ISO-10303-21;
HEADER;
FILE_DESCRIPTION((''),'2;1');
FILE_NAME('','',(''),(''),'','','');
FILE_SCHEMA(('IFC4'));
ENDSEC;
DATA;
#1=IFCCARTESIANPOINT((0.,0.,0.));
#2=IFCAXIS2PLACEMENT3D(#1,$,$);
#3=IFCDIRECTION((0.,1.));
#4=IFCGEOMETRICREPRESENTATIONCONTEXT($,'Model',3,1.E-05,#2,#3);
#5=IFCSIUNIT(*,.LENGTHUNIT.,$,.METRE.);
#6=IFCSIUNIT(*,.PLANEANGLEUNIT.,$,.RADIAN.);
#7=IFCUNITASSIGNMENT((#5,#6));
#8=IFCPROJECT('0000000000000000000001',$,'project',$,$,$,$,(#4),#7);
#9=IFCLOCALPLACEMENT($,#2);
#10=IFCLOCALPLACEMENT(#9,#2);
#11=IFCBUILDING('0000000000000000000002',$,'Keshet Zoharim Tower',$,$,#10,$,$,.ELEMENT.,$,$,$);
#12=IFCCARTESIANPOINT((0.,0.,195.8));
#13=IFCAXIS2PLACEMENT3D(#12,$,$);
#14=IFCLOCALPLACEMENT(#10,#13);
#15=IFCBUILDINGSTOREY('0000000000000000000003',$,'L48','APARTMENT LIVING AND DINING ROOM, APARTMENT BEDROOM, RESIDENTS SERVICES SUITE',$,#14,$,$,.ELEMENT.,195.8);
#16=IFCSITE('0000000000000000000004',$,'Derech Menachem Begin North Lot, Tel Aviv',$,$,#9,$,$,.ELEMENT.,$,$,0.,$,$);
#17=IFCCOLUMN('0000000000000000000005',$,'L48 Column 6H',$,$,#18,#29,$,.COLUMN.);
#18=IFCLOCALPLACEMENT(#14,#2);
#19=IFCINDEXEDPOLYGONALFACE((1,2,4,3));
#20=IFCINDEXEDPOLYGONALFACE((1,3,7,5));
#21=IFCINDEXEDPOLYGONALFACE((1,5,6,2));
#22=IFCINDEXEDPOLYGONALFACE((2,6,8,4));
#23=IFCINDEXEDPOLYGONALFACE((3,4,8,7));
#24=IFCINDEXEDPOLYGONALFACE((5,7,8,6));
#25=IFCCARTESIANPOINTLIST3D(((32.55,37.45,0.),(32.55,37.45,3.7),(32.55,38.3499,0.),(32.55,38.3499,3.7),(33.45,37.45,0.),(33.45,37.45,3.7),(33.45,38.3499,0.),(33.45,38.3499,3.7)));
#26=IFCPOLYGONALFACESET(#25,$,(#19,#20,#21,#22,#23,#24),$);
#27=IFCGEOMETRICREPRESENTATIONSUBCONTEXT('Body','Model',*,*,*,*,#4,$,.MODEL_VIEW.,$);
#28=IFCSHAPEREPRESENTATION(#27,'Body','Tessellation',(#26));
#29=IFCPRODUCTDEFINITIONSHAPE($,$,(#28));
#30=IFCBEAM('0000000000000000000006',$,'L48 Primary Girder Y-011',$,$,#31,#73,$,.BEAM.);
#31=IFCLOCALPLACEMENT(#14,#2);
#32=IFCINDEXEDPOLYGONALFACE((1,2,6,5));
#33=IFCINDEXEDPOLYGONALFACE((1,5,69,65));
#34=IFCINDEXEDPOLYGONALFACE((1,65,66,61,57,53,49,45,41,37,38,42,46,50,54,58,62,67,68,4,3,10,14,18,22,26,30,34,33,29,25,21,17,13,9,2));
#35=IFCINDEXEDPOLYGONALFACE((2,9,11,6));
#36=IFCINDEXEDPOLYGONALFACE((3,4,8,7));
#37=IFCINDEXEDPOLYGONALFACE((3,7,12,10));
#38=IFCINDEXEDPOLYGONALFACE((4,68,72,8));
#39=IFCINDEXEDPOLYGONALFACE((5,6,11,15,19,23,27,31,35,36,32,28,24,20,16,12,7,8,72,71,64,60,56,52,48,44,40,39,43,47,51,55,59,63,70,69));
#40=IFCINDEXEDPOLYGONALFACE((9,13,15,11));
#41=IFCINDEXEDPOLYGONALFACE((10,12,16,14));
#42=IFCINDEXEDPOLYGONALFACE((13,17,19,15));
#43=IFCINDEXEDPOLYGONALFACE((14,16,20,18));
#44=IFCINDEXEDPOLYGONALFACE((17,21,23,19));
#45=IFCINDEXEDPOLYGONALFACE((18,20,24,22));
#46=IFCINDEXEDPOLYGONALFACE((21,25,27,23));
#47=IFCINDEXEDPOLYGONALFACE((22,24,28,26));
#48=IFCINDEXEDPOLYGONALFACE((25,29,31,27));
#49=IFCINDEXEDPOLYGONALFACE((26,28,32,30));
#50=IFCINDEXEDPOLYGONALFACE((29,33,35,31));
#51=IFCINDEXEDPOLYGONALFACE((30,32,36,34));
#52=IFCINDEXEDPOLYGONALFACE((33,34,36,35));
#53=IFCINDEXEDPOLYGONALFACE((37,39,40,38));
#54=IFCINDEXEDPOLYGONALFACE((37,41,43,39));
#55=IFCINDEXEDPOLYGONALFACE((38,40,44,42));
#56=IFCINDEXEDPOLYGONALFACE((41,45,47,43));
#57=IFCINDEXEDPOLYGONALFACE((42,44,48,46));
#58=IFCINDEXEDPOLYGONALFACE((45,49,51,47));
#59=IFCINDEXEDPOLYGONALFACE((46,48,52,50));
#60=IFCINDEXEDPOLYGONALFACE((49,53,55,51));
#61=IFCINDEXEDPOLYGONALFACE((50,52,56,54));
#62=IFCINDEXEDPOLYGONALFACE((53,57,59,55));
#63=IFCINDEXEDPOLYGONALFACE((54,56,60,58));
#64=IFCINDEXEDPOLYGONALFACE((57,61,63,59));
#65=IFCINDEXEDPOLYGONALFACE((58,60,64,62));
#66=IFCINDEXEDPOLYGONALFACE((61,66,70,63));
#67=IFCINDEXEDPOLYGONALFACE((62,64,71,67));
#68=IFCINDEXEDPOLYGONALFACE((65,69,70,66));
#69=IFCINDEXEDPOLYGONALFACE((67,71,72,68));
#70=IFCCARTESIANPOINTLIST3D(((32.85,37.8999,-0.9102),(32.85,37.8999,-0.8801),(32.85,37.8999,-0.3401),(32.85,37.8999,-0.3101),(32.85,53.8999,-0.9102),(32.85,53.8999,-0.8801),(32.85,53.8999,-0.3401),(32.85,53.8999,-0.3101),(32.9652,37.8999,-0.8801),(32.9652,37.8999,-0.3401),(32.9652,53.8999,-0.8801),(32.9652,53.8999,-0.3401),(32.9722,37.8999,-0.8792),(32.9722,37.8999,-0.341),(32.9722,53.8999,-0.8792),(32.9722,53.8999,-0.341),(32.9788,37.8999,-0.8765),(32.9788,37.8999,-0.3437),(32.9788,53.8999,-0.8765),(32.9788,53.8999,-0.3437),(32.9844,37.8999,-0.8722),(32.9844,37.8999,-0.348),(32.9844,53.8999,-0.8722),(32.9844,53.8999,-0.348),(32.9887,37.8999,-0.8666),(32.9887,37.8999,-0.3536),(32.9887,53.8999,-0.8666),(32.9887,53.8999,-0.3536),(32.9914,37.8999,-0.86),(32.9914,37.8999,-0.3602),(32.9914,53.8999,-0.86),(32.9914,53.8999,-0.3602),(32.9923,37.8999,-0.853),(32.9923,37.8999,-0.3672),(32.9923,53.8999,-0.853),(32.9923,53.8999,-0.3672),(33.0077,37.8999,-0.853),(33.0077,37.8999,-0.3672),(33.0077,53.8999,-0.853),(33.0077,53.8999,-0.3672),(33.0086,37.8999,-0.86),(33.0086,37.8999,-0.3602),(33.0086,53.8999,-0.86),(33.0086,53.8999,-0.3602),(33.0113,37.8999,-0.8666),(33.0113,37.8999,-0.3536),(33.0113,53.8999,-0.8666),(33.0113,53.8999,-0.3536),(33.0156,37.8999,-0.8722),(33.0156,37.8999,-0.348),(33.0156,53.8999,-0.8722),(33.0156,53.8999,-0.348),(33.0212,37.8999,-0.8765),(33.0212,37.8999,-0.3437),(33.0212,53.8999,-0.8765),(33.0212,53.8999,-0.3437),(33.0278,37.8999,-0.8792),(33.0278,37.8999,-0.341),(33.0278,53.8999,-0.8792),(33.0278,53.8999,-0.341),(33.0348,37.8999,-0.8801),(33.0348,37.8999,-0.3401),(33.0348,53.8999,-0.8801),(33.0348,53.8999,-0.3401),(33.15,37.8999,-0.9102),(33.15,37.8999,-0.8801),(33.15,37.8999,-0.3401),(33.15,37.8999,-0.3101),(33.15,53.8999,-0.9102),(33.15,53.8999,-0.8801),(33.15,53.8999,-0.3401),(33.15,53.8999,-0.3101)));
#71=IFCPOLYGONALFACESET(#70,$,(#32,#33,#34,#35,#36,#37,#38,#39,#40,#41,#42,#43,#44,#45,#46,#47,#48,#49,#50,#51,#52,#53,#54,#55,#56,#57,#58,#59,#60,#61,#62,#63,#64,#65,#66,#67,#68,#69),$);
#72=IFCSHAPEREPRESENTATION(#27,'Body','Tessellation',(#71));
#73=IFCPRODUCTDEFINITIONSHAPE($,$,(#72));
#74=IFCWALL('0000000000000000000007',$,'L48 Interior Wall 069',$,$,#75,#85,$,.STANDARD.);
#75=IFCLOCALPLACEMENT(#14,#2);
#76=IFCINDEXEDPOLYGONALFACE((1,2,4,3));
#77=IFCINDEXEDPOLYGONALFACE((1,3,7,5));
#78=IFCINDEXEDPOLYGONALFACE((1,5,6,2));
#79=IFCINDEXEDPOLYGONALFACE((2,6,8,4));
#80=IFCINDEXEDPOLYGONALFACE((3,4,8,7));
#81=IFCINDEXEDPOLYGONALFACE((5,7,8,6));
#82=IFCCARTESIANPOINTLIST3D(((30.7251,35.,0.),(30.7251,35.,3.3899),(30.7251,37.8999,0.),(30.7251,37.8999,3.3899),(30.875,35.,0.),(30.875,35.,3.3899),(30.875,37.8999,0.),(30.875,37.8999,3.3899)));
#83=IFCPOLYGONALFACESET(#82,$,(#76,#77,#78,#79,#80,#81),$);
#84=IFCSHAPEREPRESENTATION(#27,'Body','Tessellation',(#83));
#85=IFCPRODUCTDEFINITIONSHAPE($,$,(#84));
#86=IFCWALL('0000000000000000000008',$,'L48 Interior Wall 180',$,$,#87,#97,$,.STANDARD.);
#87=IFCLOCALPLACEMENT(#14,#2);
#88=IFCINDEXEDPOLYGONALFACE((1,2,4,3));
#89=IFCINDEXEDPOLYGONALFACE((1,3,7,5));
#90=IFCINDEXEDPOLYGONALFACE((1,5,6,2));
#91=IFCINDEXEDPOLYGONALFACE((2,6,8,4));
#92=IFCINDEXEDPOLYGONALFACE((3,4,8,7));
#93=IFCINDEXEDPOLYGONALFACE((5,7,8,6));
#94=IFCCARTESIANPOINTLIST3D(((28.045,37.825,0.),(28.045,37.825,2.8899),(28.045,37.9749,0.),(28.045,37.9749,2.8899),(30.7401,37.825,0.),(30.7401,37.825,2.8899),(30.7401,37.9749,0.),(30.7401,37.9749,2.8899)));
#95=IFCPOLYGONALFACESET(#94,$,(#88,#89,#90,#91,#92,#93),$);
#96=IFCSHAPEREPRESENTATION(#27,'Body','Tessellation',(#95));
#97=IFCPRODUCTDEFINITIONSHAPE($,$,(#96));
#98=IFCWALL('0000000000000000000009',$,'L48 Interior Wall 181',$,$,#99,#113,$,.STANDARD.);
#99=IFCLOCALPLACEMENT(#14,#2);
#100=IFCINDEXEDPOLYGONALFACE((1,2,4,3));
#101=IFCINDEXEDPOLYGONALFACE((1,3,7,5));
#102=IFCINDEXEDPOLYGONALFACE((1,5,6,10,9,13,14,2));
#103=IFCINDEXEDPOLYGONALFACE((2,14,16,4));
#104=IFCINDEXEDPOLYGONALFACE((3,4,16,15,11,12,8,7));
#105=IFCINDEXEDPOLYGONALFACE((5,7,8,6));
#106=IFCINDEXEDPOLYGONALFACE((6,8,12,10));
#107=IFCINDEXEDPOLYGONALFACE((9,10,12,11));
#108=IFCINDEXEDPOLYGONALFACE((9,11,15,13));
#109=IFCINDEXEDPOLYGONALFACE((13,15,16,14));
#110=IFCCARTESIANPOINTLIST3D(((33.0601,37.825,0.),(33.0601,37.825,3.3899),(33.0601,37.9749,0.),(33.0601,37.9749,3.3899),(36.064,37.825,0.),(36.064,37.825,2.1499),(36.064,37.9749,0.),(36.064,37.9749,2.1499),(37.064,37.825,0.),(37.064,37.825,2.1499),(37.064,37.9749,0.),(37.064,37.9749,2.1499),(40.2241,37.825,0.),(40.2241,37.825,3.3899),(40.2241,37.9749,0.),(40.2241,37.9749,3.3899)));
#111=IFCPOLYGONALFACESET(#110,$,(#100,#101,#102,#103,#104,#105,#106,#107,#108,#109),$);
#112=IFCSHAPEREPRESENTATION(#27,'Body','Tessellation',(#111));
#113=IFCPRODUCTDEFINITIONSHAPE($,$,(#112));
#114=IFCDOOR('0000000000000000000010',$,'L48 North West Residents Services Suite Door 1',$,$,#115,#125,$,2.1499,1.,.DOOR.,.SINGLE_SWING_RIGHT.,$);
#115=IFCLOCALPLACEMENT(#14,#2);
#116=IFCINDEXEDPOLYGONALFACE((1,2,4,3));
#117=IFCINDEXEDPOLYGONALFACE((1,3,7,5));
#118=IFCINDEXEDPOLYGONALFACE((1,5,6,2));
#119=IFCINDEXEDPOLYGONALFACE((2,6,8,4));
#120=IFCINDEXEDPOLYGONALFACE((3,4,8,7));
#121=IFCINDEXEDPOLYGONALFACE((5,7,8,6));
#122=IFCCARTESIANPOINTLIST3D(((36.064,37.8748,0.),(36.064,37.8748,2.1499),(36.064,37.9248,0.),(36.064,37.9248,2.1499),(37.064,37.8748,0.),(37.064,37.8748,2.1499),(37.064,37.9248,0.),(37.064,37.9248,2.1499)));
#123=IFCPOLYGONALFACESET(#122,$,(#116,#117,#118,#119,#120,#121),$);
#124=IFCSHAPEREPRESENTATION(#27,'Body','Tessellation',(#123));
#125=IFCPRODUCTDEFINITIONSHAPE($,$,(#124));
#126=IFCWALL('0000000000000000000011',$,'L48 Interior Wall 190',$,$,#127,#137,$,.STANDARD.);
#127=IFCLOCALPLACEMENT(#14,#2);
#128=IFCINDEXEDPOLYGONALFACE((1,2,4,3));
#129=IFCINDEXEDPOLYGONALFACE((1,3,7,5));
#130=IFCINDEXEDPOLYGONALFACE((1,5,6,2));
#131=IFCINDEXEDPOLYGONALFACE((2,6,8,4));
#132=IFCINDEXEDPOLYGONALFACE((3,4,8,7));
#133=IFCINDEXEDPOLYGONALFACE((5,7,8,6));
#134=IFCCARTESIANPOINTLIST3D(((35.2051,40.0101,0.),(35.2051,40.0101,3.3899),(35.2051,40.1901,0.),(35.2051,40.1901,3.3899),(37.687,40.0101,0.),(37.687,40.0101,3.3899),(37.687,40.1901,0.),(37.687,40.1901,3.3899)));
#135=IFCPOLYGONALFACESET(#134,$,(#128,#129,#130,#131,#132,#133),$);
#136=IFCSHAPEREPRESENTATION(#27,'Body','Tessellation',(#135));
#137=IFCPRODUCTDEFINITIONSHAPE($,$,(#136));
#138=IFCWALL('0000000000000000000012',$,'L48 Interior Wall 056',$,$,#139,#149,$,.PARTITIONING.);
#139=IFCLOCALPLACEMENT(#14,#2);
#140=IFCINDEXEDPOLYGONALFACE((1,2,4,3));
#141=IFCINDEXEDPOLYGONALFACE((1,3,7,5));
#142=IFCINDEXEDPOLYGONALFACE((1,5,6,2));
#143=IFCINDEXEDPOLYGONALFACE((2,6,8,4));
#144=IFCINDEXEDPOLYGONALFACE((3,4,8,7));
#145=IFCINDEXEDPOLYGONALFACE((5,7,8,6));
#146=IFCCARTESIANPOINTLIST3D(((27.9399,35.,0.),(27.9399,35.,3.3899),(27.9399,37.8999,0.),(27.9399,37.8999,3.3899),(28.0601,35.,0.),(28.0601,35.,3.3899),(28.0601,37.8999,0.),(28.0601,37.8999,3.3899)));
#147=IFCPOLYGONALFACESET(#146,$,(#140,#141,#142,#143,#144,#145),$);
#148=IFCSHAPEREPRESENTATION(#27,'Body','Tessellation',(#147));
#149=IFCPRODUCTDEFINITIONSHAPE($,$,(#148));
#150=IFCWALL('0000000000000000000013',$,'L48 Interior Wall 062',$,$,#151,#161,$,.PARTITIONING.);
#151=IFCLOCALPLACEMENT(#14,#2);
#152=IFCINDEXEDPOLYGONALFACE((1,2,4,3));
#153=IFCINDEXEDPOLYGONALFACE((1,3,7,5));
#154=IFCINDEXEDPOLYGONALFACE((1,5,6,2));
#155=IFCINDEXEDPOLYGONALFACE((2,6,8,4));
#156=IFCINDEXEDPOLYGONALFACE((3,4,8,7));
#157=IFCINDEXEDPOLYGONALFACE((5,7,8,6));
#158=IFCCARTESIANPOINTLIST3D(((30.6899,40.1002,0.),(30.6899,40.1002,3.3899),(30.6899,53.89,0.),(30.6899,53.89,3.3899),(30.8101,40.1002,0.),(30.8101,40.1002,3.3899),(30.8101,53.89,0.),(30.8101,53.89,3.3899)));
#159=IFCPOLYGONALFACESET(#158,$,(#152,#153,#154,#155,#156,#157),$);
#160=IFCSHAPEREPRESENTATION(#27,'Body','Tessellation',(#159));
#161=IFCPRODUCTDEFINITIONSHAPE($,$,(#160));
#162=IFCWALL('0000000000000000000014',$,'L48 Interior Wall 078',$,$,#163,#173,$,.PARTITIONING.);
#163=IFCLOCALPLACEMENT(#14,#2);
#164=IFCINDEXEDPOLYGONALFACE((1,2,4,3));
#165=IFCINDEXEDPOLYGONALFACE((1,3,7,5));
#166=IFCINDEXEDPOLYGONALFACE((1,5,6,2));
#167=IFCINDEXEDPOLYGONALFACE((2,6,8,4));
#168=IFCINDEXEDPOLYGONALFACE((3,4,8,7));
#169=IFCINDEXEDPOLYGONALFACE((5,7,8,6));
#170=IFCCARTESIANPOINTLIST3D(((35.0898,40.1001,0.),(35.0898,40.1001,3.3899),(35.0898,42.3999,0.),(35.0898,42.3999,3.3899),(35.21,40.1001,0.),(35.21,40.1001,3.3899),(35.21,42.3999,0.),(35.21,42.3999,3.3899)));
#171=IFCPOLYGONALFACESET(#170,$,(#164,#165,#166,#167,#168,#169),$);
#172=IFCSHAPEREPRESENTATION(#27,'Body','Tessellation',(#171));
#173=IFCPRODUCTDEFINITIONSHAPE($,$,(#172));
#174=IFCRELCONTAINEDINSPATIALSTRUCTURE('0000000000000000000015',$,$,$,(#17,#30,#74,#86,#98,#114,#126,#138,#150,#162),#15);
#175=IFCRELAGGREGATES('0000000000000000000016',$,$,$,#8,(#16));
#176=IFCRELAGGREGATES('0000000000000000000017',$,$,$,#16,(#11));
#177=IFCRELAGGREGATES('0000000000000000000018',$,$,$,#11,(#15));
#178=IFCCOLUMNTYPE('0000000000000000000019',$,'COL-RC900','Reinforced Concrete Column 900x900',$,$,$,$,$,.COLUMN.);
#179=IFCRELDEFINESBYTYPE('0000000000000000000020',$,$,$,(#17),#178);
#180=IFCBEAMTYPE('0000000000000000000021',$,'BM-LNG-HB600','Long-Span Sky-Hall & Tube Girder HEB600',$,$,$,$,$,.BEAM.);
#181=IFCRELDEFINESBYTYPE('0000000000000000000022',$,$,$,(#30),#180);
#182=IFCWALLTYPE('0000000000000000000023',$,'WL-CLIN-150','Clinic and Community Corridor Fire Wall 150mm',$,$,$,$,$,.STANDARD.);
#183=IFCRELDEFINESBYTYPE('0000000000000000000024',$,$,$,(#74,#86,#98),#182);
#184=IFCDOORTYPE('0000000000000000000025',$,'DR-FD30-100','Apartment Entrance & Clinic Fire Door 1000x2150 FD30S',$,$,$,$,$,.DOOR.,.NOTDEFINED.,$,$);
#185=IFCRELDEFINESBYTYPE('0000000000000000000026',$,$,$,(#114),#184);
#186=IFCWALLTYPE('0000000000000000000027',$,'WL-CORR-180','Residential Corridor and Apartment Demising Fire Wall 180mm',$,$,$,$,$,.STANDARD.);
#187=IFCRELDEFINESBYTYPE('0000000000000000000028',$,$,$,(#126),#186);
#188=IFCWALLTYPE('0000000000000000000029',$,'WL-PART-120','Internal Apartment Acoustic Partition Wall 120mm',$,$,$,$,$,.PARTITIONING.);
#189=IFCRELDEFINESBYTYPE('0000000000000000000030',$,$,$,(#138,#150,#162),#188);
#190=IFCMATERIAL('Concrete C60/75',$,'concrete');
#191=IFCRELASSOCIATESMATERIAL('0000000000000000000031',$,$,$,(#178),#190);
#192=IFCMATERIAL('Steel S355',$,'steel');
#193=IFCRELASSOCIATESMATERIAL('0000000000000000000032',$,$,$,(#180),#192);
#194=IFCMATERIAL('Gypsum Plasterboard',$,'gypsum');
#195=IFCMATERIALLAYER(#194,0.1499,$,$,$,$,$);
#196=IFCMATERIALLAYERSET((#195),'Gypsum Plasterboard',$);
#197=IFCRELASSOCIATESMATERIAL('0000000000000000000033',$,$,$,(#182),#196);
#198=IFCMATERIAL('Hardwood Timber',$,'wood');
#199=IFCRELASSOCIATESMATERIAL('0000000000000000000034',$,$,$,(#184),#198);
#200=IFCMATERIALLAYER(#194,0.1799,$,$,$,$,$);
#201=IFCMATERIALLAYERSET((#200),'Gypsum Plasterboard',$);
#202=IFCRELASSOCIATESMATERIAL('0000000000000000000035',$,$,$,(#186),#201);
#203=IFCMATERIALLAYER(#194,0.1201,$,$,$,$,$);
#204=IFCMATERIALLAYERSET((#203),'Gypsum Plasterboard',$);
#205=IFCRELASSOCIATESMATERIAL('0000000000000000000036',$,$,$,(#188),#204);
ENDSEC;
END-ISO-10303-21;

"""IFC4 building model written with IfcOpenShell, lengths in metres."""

from ifc_helpers import new_model, si_unit, direction, frame, frame_2d, origin, origin_2d, place, context, subcontext, project, spatial, rectangle, i_section, extrude, material, layer, layer_set, material_profile, profile_set, type_object, element, fill, save


model = new_model("IFC4")

# Units and contexts
model_context = context("Model", 3, precision=1e-05, world=origin(), true_north=direction((0.0, 1.0)))
body_context = subcontext(model_context, "Body", "Model", "MODEL_VIEW")
ifc_project = project(units=[si_unit("LENGTHUNIT", "METRE"), si_unit("PLANEANGLEUNIT", "RADIAN")], contexts=[model_context])

# Site, building, storey
site_placement = place(None, origin())
site = spatial("IfcSite", under=ifc_project, at=site_placement, Name="Derech Menachem Begin North Lot, Tel Aviv", CompositionType="ELEMENT", RefElevation=0.0)
building_placement = place(site_placement, origin())
building = spatial("IfcBuilding", under=site, at=building_placement, Name="Keshet Zoharim Tower", CompositionType="ELEMENT")
storey_placement = place(building_placement, frame((0.0, 0.0, 195.8)))
storey = spatial("IfcBuildingStorey", under=building, at=storey_placement, Name="L48", Description="APARTMENT LIVING AND DINING ROOM, APARTMENT BEDROOM, RESIDENTS SERVICES SUITE", CompositionType="ELEMENT", Elevation=195.8)

# Column
ifc_material_1 = material(Name="Concrete C60/75", Category="concrete")
ifc_material_profile_1 = material_profile(ifc_material_1, rectangle(XDim=0.8999, YDim=0.8999, at=origin_2d()), Name="RC900x900")
ifc_profile_set_1 = profile_set([ifc_material_profile_1], Name="Concrete C60/75")
column_type = type_object("IfcColumnType", Name="COL-RC900", Description="Reinforced Concrete Column 900x900", PredefinedType="COLUMN", material=ifc_profile_set_1)
column_placement = place(storey_placement, frame((33.0, 37.8999, 0.0), z_axis=(0.0, 0.0, 1.0), x_axis=(1.0, 0.0, 0.0)))
element("IfcColumn", 1, at=column_placement, inside=storey, type_object=column_type, Name="L48 Column 6H", PredefinedType="COLUMN", context=body_context, shape_type="SweptSolid", body=[
    extrude(rectangle(XDim=0.8999, YDim=0.8999, at=origin_2d()), origin(), (0.0, 0.0, 1.0), 3.7),
])

# Beam
ifc_material_2 = material(Name="Steel S355", Category="steel")
ifc_material_profile_2 = material_profile(ifc_material_2, i_section(OverallWidth=0.3, OverallDepth=0.6001, WebThickness=0.0154, FlangeThickness=0.03, FilletRadius=0.0271, at=origin_2d()), Name="HEB600")
ifc_profile_set_2 = profile_set([ifc_material_profile_2], Name="Steel S355")
beam_type = type_object("IfcBeamType", Name="BM-LNG-HB600", Description="Long-Span Sky-Hall & Tube Girder HEB600", PredefinedType="BEAM", material=ifc_profile_set_2)
beam_placement = place(storey_placement, frame((33.0, 37.8999, -0.6101), z_axis=(0.0, 1.0, 0.0), x_axis=(-1.0, 0.0, 0.0)))
element("IfcBeam", 2, at=beam_placement, inside=storey, type_object=beam_type, Name="L48 Primary Girder Y-011", PredefinedType="BEAM", context=body_context, shape_type="SweptSolid", body=[
    extrude(i_section(OverallWidth=0.3, OverallDepth=0.6001, WebThickness=0.0154, FlangeThickness=0.03, FilletRadius=0.0271, at=origin_2d()), origin(), (0.0, 0.0, 1.0), 16.0),
])

# Wall
ifc_material_3 = material(Name="Gypsum Plasterboard", Category="gypsum")
ifc_layer_1 = layer(ifc_material_3, 0.1499)
ifc_layer_set_1 = layer_set([ifc_layer_1], Name="Gypsum Plasterboard")
wall_type_1 = type_object("IfcWallType", Name="WL-CLIN-150", Description="Clinic and Community Corridor Fire Wall 150mm", PredefinedType="STANDARD", material=ifc_layer_set_1)
wall_1_placement = place(storey_placement, frame((30.8, 35.0, 0.0), z_axis=(0.0, 0.0, 1.0), x_axis=(0.0, 1.0, 0.0)))
element("IfcWall", 3, at=wall_1_placement, inside=storey, type_object=wall_type_1, Name="L48 Interior Wall 069", PredefinedType="STANDARD", context=body_context, shape_type="SweptSolid", body=[
    extrude(rectangle(XDim=2.8999, YDim=0.1499, at=frame_2d((1.45, 0.0))), origin(), (0.0, 0.0, 1.0), 3.3899),
])

# Shared definitions
ifc_material_4 = material(Name="Hardwood Timber", Category="wood")
door_type_1 = type_object("IfcDoorType", Name="DR-FD30-100", Description="Apartment Entrance & Clinic Fire Door 1000x2150 FD30S", OperationType="NOTDEFINED", PredefinedType="DOOR", material=ifc_material_4)

# Wall
wall_2_placement = place(storey_placement, frame((28.0449, 37.8999, 0.0), z_axis=(0.0, 0.0, 1.0), x_axis=(1.0, 0.0, 0.0)))
element("IfcWall", 4, at=wall_2_placement, inside=storey, type_object=wall_type_1, Name="L48 Interior Wall 180", PredefinedType="STANDARD", context=body_context, shape_type="SweptSolid", body=[
    extrude(rectangle(XDim=2.6951, YDim=0.1499, at=frame_2d((1.3477, 0.0))), origin(), (0.0, 0.0, 1.0), 2.8899),
])

# Wall, opening, door
wall_3_placement = place(storey_placement, frame((33.0601, 37.8999, 0.0), z_axis=(0.0, 0.0, 1.0), x_axis=(1.0, 0.0, 0.0)))
wall_3 = element("IfcWall", 5, at=wall_3_placement, inside=storey, type_object=wall_type_1, Name="L48 Interior Wall 181", PredefinedType="STANDARD", context=body_context, shape_type="SweptSolid", body=[
    extrude(rectangle(XDim=7.1641, YDim=0.1499, at=frame_2d((3.582, 0.0))), origin(), (0.0, 0.0, 1.0), 3.3899),
])
opening_1_placement = place(wall_3_placement, frame((3.0039, 0.0, 0.0)))
opening_1 = element("IfcOpeningElement", 6, at=opening_1_placement, cuts=wall_3, PredefinedType="OPENING", context=body_context, shape_type="SweptSolid", body=[
    extrude(rectangle(XDim=1.0, YDim=2.1499, at=frame_2d((0.5, 1.075))), frame((0.0, 0.085, 0.0), z_axis=(0.0, -1.0, 0.0), x_axis=(1.0, 0.0, 0.0)), (0.0, 0.0, 1.0), 0.1699),
])
door_1_placement = place(opening_1_placement, origin())
door_1 = element("IfcDoor", 7, at=door_1_placement, inside=storey, type_object=door_type_1, Name="L48 North West Residents Services Suite Door 1", OperationType="SINGLE_SWING_RIGHT", OverallHeight=2.1499, OverallWidth=1.0, PredefinedType="DOOR", context=body_context, shape_type="SweptSolid", body=[
    extrude(rectangle(XDim=1.0, YDim=2.1499, at=frame_2d((0.5, 1.075))), frame((0.0, 0.0249, 0.0), z_axis=(0.0, -1.0, 0.0), x_axis=(1.0, 0.0, 0.0)), (0.0, 0.0, 1.0), 0.05),
])
fill(opening_1, door_1)
ifc_layer_2 = layer(ifc_material_3, 0.1799)
ifc_layer_set_2 = layer_set([ifc_layer_2], Name="Gypsum Plasterboard")
wall_type_2 = type_object("IfcWallType", Name="WL-CORR-180", Description="Residential Corridor and Apartment Demising Fire Wall 180mm", PredefinedType="STANDARD", material=ifc_layer_set_2)

# Walls
wall_4_placement = place(storey_placement, frame((35.2051, 40.1001, 0.0), z_axis=(0.0, 0.0, 1.0), x_axis=(1.0, 0.0, 0.0)))
element("IfcWall", 8, at=wall_4_placement, inside=storey, type_object=wall_type_2, Name="L48 Interior Wall 190", PredefinedType="STANDARD", context=body_context, shape_type="SweptSolid", body=[
    extrude(rectangle(XDim=2.4819, YDim=0.1799, at=frame_2d((1.241, 0.0))), origin(), (0.0, 0.0, 1.0), 3.3899),
])
ifc_layer_3 = layer(ifc_material_3, 0.1201)
ifc_layer_set_3 = layer_set([ifc_layer_3], Name="Gypsum Plasterboard")
wall_type_3 = type_object("IfcWallType", Name="WL-PART-120", Description="Internal Apartment Acoustic Partition Wall 120mm", PredefinedType="PARTITIONING", material=ifc_layer_set_3)
wall_5_placement = place(storey_placement, frame((28.0, 35.0, 0.0), z_axis=(0.0, 0.0, 1.0), x_axis=(0.0, 1.0, 0.0)))
element("IfcWall", 9, at=wall_5_placement, inside=storey, type_object=wall_type_3, Name="L48 Interior Wall 056", PredefinedType="PARTITIONING", context=body_context, shape_type="SweptSolid", body=[
    extrude(rectangle(XDim=2.8999, YDim=0.1201, at=frame_2d((1.45, 0.0))), origin(), (0.0, 0.0, 1.0), 3.3899),
])
wall_6_placement = place(storey_placement, frame((30.75, 40.1001, 0.0), z_axis=(0.0, 0.0, 1.0), x_axis=(0.0, 1.0, 0.0)))
element("IfcWall", 10, at=wall_6_placement, inside=storey, type_object=wall_type_3, Name="L48 Interior Wall 062", PredefinedType="PARTITIONING", context=body_context, shape_type="SweptSolid", body=[
    extrude(rectangle(XDim=13.7898, YDim=0.1201, at=frame_2d((6.895, 0.0))), origin(), (0.0, 0.0, 1.0), 3.3899),
])
wall_7_placement = place(storey_placement, frame((35.1499, 40.1001, 0.0), z_axis=(0.0, 0.0, 1.0), x_axis=(0.0, 1.0, 0.0)))
element("IfcWall", 11, at=wall_7_placement, inside=storey, type_object=wall_type_3, Name="L48 Interior Wall 078", PredefinedType="PARTITIONING", context=body_context, shape_type="SweptSolid", body=[
    extrude(rectangle(XDim=2.2998, YDim=0.1201, at=frame_2d((1.1499, 0.0))), origin(), (0.0, 0.0, 1.0), 3.3899),
])

save(model, "model.ifc")
